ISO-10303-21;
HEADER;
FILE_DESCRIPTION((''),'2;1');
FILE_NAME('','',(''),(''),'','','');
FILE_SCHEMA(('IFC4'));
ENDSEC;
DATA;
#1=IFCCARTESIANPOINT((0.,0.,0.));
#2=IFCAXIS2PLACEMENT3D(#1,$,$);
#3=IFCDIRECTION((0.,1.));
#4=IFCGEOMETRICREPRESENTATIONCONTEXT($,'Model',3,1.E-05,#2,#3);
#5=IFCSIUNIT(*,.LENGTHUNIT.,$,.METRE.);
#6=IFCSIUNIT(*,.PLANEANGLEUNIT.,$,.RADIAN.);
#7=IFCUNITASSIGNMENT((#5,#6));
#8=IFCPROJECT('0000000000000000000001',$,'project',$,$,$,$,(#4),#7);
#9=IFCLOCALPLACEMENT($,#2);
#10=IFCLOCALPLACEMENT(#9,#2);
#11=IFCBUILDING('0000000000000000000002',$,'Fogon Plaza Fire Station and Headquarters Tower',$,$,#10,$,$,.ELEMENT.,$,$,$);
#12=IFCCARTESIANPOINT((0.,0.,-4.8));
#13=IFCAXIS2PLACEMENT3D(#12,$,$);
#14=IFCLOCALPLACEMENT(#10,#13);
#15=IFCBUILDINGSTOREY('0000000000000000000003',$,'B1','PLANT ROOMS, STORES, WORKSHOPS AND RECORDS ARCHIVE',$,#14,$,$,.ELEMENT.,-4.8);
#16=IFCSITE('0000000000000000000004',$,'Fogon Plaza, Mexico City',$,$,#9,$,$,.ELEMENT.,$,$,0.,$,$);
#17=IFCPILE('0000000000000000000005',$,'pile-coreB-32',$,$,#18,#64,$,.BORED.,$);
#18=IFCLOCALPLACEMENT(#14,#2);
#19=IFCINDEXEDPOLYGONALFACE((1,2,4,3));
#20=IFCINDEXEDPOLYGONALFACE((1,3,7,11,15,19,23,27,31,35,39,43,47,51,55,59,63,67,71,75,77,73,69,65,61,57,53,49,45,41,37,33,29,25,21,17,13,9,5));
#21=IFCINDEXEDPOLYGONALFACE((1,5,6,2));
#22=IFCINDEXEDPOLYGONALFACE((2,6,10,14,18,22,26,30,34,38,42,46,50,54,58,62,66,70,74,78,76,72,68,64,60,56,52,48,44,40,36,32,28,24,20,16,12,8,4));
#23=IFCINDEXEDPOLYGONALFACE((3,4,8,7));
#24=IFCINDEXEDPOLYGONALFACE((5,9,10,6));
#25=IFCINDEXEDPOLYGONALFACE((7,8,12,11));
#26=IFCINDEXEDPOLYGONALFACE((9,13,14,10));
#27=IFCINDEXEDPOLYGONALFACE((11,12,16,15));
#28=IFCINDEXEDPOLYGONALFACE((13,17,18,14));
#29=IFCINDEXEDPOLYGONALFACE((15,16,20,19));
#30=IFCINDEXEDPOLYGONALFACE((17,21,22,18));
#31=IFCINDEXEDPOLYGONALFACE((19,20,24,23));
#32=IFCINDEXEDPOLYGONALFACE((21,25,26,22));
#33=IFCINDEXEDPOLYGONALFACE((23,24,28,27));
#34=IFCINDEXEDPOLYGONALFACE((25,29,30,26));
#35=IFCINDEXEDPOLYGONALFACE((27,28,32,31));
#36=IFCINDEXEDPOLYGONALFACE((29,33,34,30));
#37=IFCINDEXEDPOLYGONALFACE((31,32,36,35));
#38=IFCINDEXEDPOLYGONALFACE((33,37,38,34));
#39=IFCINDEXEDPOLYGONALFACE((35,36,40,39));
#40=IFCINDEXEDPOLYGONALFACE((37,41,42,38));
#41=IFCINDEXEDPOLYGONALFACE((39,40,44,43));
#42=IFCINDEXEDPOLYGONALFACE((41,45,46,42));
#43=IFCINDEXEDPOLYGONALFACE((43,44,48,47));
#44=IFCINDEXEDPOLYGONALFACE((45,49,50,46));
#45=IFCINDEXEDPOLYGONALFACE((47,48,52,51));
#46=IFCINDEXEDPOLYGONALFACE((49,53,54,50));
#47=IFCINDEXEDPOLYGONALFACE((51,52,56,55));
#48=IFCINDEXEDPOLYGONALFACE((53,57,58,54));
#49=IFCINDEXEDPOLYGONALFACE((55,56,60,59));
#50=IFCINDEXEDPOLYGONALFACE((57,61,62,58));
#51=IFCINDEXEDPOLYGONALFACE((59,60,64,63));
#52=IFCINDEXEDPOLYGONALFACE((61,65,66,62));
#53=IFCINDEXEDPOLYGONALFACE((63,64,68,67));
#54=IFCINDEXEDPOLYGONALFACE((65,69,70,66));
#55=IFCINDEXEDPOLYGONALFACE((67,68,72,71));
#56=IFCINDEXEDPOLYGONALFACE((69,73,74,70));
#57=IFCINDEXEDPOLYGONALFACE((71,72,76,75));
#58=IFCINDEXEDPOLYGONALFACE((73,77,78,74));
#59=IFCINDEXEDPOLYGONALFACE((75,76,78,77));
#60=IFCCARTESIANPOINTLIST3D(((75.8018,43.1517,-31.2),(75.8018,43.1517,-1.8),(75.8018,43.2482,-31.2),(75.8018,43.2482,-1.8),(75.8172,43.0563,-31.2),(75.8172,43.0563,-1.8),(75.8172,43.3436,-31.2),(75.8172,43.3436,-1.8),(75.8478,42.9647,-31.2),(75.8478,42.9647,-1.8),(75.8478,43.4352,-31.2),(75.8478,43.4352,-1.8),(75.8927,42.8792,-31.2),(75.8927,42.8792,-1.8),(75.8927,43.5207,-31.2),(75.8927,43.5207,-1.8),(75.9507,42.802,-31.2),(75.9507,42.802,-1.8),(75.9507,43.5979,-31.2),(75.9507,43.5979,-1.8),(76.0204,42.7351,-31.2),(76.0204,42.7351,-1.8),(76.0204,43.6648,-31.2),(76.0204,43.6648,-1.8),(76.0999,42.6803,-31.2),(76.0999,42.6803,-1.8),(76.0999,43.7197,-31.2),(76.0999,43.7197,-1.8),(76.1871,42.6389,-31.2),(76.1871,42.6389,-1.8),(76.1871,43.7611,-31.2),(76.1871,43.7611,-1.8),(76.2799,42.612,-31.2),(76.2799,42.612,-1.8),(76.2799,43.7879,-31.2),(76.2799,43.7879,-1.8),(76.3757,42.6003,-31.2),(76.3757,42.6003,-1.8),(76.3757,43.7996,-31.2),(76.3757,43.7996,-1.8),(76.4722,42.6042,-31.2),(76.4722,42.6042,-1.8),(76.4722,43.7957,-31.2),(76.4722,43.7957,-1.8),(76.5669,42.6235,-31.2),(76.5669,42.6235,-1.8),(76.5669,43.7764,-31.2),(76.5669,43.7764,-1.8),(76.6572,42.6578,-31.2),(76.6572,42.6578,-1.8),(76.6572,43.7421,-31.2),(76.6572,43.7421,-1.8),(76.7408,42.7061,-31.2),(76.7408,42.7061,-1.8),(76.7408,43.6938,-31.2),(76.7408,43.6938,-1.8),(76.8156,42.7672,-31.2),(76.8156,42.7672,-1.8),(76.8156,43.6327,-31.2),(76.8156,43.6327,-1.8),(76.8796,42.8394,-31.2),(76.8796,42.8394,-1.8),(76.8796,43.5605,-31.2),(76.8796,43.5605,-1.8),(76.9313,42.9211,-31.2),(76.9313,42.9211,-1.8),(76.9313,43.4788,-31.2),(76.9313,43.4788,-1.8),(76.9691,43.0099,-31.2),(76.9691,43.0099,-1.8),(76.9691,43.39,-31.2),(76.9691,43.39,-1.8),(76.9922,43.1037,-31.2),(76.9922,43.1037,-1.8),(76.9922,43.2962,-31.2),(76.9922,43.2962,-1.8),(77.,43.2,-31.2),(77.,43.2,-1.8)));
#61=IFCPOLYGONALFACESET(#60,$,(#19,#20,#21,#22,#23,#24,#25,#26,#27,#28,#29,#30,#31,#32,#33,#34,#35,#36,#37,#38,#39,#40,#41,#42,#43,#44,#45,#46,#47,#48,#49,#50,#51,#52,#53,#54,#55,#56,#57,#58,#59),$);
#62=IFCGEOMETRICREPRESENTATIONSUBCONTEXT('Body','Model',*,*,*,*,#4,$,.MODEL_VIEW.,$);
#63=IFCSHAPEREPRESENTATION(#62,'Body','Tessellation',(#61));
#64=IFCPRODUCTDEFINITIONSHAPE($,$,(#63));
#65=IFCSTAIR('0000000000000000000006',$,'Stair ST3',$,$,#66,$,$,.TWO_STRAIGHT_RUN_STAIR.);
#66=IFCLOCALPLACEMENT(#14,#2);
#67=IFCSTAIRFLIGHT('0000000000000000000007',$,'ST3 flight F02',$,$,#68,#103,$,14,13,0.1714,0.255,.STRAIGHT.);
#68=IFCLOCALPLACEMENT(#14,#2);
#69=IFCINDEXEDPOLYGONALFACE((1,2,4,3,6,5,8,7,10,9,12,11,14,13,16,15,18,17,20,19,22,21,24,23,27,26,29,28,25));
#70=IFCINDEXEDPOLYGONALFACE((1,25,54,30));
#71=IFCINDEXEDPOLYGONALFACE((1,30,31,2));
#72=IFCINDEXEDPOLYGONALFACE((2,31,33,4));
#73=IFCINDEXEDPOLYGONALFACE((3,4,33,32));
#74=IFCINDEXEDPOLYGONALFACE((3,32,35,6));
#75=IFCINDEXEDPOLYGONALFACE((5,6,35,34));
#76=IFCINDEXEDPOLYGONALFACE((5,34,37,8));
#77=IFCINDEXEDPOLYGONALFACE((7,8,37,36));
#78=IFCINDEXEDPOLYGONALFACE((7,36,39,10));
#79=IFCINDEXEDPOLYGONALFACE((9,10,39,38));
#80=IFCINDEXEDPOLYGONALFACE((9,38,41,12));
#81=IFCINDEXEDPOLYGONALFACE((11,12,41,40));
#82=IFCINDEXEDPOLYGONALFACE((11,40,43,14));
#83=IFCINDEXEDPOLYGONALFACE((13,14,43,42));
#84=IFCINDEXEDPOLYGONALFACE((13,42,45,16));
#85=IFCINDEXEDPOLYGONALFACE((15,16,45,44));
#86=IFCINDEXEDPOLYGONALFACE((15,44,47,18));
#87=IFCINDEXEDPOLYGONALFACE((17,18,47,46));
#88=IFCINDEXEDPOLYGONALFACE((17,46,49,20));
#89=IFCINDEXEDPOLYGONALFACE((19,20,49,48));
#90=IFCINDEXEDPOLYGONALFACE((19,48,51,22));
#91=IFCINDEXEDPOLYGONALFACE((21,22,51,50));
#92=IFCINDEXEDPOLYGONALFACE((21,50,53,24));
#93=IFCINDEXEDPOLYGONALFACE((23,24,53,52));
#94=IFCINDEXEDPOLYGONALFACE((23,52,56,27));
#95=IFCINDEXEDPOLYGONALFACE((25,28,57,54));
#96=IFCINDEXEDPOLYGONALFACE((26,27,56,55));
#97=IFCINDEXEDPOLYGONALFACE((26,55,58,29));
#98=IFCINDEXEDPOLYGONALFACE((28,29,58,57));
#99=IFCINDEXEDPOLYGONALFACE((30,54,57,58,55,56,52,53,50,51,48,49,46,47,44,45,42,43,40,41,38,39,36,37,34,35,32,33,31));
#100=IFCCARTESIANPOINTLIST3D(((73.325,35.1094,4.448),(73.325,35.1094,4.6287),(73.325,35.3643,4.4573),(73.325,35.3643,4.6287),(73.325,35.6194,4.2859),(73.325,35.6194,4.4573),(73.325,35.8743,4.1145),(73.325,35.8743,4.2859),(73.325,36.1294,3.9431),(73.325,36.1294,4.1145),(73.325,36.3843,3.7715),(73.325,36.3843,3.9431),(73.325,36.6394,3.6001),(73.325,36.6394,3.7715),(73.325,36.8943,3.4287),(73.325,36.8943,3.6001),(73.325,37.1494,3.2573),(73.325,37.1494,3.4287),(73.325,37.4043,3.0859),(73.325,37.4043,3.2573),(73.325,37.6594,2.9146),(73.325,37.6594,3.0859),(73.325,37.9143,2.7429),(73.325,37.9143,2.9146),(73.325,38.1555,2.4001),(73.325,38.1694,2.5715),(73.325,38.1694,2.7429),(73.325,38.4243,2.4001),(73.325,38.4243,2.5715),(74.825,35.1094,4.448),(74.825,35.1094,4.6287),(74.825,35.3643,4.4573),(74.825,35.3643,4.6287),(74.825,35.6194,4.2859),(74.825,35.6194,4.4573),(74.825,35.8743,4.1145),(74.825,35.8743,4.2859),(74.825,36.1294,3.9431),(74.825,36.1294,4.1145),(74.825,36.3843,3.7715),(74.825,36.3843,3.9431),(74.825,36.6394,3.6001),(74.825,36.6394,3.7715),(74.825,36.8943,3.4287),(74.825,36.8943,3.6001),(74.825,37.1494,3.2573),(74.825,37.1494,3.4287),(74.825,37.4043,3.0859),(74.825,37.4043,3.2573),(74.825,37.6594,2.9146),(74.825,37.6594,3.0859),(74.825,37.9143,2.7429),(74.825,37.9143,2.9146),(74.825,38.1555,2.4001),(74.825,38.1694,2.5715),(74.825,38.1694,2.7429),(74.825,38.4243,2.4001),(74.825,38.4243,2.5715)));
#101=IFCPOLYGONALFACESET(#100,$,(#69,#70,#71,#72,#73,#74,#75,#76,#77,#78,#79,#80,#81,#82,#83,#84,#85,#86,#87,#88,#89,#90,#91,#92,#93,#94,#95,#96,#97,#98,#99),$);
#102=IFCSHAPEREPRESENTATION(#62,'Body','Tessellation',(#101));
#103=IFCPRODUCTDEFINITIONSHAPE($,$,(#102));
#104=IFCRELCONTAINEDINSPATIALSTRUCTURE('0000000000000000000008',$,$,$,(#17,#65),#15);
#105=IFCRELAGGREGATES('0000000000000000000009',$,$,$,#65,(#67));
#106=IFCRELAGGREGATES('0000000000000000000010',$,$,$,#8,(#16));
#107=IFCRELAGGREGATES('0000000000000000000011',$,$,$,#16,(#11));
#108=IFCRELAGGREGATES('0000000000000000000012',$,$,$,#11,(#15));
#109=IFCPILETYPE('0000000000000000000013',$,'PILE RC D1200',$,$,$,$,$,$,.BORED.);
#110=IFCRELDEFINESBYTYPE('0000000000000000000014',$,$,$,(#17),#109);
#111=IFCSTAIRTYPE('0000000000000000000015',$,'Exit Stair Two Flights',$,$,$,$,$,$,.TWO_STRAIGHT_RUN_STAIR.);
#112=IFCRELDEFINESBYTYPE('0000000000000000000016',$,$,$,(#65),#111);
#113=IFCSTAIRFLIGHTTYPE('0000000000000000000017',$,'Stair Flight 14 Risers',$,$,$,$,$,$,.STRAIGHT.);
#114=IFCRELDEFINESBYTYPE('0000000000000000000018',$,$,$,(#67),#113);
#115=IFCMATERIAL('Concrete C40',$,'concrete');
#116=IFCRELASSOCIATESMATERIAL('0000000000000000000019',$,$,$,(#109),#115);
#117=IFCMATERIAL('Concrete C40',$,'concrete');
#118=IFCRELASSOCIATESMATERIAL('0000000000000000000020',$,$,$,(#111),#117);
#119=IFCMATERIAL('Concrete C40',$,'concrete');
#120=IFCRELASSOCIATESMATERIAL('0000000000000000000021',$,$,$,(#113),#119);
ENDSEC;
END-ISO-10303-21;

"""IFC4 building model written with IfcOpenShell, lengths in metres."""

from ifc_helpers import new_model, si_unit, direction, frame, origin, origin_2d, place, context, subcontext, project, spatial, polyline, circle, outline, extrude, material, material_profile, profile_set, type_object, element, aggregate, save


model = new_model("IFC4")

# Units and contexts
model_context = context("Model", 3, precision=1e-05, world=origin(), true_north=direction((0.0, 1.0)))
body_context = subcontext(model_context, "Body", "Model", "MODEL_VIEW")
ifc_project = project(units=[si_unit("LENGTHUNIT", "METRE"), si_unit("PLANEANGLEUNIT", "RADIAN")], contexts=[model_context])

# Site, building, storey
site_placement = place(None, origin())
site = spatial("IfcSite", under=ifc_project, at=site_placement, Name="Fogon Plaza, Mexico City", CompositionType="ELEMENT", RefElevation=0.0)
building_placement = place(site_placement, origin())
building = spatial("IfcBuilding", under=site, at=building_placement, Name="Fogon Plaza Fire Station and Headquarters Tower", CompositionType="ELEMENT")
storey_placement = place(building_placement, frame((0.0, 0.0, -4.8)))
storey = spatial("IfcBuildingStorey", under=building, at=storey_placement, Name="B1", Description="PLANT ROOMS, STORES, WORKSHOPS AND RECORDS ARCHIVE", CompositionType="ELEMENT", Elevation=-4.8)

# Pile
ifc_material_1 = material(Name="Concrete C40", Category="concrete")
ifc_material_profile = material_profile(ifc_material_1, circle(Radius=0.6001, at=origin_2d()), Name="RC D1200")
ifc_profile_set = profile_set([ifc_material_profile], Name="Concrete C40")
pile_type = type_object("IfcPileType", Name="PILE RC D1200", PredefinedType="BORED", material=ifc_profile_set)
for number, where, z_axis, x_axis, name in (
    (1, (76.3999, 43.2, -1.8), (0.0, 0.0, -1.0), (1.0, 0.0, 0.0), "pile-coreB-32"),
):
    element("IfcPile", number, at=place(storey_placement, frame(where, z_axis=z_axis, x_axis=x_axis)), inside=storey, type_object=pile_type, Name=name, PredefinedType="BORED", context=body_context, shape_type="SweptSolid", body=[
        extrude(circle(Radius=0.6001, at=origin_2d()), origin(), (0.0, 0.0, 1.0), 29.3999),
    ])

# Stair, stair flight
ifc_material_2 = material(Name="Concrete C40", Category="concrete")
stair_type = type_object("IfcStairType", Name="Exit Stair Two Flights", PredefinedType="TWO_STRAIGHT_RUN_STAIR", material=ifc_material_2)
stair_placement = place(storey_placement, origin())
stair = element("IfcStair", 2, at=stair_placement, inside=storey, type_object=stair_type, Name="Stair ST3", PredefinedType="TWO_STRAIGHT_RUN_STAIR")
ifc_material_3 = material(Name="Concrete C40", Category="concrete")
stair_flight_type = type_object("IfcStairFlightType", Name="Stair Flight 14 Risers", PredefinedType="STRAIGHT", material=ifc_material_3)
stair_flight_placement = place(storey_placement, frame((74.075, 38.4243, 2.4001), z_axis=(0.0, 0.0, 1.0), x_axis=(0.0, -1.0, 0.0)))
stair_flight = element("IfcStairFlight", 3, at=stair_flight_placement, type_object=stair_flight_type, Name="ST3 flight F02", NumberOfRisers=14, NumberOfTreads=13, PredefinedType="STRAIGHT", RiserHeight=0.1714, TreadLength=0.255, context=body_context, shape_type="SweptSolid", body=[
    extrude(outline(polyline([(0.0, 0.0), (0.0, 0.1714), (0.2549, 0.1714), (0.2549, 0.3428), (0.51, 0.3428), (0.51, 0.5144), (0.7649, 0.5144), (0.7649, 0.6858), (1.02, 0.6858), (1.02, 0.8572), (1.2749, 0.8572), (1.2749, 1.0286), (1.53, 1.0286), (1.53, 1.2), (1.7849, 1.2), (1.7849, 1.3713), (2.04, 1.3713), (2.04, 1.543), (2.2949, 1.543), (2.2949, 1.7144), (2.55, 1.7144), (2.55, 1.8857), (2.8049, 1.8857), (2.8049, 2.0571), (3.0601, 2.0571), (3.0601, 2.2285), (3.3149, 2.2285), (3.3149, 2.3999), (3.3149, 2.0479), (0.2688, 0.0), (0.0, 0.0)])), frame((0.0, 0.75, 0.0), z_axis=(0.0, -1.0, 0.0), x_axis=(1.0, 0.0, 0.0)), (0.0, 0.0, 1.0), 1.5),
])
aggregate(stair, [stair_flight])

save(model, "model.ifc")
